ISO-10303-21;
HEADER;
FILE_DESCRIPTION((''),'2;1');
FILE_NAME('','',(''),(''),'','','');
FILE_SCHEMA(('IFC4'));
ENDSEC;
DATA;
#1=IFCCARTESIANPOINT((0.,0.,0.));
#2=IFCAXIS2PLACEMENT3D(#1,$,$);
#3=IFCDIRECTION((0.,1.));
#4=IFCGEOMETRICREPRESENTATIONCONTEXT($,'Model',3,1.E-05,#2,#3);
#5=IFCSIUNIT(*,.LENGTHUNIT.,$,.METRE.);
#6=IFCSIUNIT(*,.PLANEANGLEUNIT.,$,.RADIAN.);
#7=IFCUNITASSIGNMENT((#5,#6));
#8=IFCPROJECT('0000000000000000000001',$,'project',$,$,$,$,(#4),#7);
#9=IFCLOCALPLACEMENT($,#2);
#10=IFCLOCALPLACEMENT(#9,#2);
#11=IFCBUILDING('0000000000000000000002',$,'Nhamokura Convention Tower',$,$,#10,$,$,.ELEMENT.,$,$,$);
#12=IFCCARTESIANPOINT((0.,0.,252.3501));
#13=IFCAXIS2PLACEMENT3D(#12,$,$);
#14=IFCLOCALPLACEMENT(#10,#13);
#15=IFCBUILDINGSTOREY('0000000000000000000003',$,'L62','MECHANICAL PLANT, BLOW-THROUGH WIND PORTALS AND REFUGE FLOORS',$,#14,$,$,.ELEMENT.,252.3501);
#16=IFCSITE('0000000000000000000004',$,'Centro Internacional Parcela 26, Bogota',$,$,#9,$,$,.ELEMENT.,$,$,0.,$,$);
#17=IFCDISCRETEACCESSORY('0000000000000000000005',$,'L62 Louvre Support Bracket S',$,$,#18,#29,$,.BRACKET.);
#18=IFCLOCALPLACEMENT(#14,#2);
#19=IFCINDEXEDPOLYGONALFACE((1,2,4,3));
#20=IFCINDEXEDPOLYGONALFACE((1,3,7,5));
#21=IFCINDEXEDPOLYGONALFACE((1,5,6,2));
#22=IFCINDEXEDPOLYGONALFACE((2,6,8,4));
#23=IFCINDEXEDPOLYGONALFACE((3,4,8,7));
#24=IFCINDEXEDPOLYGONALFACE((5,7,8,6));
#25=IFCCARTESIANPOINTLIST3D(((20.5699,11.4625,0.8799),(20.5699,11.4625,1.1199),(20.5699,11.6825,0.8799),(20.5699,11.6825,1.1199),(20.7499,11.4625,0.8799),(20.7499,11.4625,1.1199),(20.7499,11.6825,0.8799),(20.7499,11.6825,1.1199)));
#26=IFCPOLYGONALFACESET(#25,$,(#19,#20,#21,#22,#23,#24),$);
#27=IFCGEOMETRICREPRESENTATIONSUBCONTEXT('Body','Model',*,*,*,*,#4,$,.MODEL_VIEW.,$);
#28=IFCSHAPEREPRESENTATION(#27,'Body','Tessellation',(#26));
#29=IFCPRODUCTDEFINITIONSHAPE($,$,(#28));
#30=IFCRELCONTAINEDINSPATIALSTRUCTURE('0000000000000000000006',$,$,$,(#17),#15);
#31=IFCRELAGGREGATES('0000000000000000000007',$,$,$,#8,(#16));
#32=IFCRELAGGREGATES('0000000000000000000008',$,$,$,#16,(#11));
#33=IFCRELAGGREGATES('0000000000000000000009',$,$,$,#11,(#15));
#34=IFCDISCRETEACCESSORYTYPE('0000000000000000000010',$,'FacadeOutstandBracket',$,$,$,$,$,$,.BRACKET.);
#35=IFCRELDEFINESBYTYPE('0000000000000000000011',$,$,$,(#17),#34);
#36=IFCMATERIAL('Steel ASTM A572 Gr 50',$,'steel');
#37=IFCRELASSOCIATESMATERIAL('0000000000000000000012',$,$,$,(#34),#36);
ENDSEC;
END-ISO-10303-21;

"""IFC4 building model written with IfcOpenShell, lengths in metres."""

from ifc_helpers import new_model, si_unit, direction, frame, origin, origin_2d, place, context, subcontext, project, spatial, rectangle, extrude, material, type_object, element, save


model = new_model("IFC4")

# Units and contexts
model_context = context("Model", 3, precision=1e-05, world=origin(), true_north=direction((0.0, 1.0)))
body_context = subcontext(model_context, "Body", "Model", "MODEL_VIEW")
ifc_project = project(units=[si_unit("LENGTHUNIT", "METRE"), si_unit("PLANEANGLEUNIT", "RADIAN")], contexts=[model_context])

# Site, building, storey
site_placement = place(None, origin())
site = spatial("IfcSite", under=ifc_project, at=site_placement, Name="Centro Internacional Parcela 26, Bogota", CompositionType="ELEMENT", RefElevation=0.0)
building_placement = place(site_placement, origin())
building = spatial("IfcBuilding", under=site, at=building_placement, Name="Nhamokura Convention Tower", CompositionType="ELEMENT")
storey_placement = place(building_placement, frame((0.0, 0.0, 252.3501)))
storey = spatial("IfcBuildingStorey", under=building, at=storey_placement, Name="L62", Description="MECHANICAL PLANT, BLOW-THROUGH WIND PORTALS AND REFUGE FLOORS", CompositionType="ELEMENT", Elevation=252.3501)

# Discrete accessory
ifc_material_1 = material(Name="Steel ASTM A572 Gr 50", Category="steel")
discrete_accessory_type = type_object("IfcDiscreteAccessoryType", Name="FacadeOutstandBracket", PredefinedType="BRACKET", material=ifc_material_1)
discrete_accessory_1_placement = place(storey_placement, frame((20.6599, 11.5725, 0.8799), z_axis=(0.0, 0.0, 1.0), x_axis=(-1.0, 0.0, 0.0)))
element("IfcDiscreteAccessory", 1, at=discrete_accessory_1_placement, inside=storey, type_object=discrete_accessory_type, Name="L62 Louvre Support Bracket S", PredefinedType="BRACKET", context=body_context, shape_type="SweptSolid", body=[
    extrude(rectangle(XDim=0.1799, YDim=0.22, at=origin_2d()), origin(), (0.0, 0.0, 1.0), 0.24),
])

save(model, "model.ifc")
